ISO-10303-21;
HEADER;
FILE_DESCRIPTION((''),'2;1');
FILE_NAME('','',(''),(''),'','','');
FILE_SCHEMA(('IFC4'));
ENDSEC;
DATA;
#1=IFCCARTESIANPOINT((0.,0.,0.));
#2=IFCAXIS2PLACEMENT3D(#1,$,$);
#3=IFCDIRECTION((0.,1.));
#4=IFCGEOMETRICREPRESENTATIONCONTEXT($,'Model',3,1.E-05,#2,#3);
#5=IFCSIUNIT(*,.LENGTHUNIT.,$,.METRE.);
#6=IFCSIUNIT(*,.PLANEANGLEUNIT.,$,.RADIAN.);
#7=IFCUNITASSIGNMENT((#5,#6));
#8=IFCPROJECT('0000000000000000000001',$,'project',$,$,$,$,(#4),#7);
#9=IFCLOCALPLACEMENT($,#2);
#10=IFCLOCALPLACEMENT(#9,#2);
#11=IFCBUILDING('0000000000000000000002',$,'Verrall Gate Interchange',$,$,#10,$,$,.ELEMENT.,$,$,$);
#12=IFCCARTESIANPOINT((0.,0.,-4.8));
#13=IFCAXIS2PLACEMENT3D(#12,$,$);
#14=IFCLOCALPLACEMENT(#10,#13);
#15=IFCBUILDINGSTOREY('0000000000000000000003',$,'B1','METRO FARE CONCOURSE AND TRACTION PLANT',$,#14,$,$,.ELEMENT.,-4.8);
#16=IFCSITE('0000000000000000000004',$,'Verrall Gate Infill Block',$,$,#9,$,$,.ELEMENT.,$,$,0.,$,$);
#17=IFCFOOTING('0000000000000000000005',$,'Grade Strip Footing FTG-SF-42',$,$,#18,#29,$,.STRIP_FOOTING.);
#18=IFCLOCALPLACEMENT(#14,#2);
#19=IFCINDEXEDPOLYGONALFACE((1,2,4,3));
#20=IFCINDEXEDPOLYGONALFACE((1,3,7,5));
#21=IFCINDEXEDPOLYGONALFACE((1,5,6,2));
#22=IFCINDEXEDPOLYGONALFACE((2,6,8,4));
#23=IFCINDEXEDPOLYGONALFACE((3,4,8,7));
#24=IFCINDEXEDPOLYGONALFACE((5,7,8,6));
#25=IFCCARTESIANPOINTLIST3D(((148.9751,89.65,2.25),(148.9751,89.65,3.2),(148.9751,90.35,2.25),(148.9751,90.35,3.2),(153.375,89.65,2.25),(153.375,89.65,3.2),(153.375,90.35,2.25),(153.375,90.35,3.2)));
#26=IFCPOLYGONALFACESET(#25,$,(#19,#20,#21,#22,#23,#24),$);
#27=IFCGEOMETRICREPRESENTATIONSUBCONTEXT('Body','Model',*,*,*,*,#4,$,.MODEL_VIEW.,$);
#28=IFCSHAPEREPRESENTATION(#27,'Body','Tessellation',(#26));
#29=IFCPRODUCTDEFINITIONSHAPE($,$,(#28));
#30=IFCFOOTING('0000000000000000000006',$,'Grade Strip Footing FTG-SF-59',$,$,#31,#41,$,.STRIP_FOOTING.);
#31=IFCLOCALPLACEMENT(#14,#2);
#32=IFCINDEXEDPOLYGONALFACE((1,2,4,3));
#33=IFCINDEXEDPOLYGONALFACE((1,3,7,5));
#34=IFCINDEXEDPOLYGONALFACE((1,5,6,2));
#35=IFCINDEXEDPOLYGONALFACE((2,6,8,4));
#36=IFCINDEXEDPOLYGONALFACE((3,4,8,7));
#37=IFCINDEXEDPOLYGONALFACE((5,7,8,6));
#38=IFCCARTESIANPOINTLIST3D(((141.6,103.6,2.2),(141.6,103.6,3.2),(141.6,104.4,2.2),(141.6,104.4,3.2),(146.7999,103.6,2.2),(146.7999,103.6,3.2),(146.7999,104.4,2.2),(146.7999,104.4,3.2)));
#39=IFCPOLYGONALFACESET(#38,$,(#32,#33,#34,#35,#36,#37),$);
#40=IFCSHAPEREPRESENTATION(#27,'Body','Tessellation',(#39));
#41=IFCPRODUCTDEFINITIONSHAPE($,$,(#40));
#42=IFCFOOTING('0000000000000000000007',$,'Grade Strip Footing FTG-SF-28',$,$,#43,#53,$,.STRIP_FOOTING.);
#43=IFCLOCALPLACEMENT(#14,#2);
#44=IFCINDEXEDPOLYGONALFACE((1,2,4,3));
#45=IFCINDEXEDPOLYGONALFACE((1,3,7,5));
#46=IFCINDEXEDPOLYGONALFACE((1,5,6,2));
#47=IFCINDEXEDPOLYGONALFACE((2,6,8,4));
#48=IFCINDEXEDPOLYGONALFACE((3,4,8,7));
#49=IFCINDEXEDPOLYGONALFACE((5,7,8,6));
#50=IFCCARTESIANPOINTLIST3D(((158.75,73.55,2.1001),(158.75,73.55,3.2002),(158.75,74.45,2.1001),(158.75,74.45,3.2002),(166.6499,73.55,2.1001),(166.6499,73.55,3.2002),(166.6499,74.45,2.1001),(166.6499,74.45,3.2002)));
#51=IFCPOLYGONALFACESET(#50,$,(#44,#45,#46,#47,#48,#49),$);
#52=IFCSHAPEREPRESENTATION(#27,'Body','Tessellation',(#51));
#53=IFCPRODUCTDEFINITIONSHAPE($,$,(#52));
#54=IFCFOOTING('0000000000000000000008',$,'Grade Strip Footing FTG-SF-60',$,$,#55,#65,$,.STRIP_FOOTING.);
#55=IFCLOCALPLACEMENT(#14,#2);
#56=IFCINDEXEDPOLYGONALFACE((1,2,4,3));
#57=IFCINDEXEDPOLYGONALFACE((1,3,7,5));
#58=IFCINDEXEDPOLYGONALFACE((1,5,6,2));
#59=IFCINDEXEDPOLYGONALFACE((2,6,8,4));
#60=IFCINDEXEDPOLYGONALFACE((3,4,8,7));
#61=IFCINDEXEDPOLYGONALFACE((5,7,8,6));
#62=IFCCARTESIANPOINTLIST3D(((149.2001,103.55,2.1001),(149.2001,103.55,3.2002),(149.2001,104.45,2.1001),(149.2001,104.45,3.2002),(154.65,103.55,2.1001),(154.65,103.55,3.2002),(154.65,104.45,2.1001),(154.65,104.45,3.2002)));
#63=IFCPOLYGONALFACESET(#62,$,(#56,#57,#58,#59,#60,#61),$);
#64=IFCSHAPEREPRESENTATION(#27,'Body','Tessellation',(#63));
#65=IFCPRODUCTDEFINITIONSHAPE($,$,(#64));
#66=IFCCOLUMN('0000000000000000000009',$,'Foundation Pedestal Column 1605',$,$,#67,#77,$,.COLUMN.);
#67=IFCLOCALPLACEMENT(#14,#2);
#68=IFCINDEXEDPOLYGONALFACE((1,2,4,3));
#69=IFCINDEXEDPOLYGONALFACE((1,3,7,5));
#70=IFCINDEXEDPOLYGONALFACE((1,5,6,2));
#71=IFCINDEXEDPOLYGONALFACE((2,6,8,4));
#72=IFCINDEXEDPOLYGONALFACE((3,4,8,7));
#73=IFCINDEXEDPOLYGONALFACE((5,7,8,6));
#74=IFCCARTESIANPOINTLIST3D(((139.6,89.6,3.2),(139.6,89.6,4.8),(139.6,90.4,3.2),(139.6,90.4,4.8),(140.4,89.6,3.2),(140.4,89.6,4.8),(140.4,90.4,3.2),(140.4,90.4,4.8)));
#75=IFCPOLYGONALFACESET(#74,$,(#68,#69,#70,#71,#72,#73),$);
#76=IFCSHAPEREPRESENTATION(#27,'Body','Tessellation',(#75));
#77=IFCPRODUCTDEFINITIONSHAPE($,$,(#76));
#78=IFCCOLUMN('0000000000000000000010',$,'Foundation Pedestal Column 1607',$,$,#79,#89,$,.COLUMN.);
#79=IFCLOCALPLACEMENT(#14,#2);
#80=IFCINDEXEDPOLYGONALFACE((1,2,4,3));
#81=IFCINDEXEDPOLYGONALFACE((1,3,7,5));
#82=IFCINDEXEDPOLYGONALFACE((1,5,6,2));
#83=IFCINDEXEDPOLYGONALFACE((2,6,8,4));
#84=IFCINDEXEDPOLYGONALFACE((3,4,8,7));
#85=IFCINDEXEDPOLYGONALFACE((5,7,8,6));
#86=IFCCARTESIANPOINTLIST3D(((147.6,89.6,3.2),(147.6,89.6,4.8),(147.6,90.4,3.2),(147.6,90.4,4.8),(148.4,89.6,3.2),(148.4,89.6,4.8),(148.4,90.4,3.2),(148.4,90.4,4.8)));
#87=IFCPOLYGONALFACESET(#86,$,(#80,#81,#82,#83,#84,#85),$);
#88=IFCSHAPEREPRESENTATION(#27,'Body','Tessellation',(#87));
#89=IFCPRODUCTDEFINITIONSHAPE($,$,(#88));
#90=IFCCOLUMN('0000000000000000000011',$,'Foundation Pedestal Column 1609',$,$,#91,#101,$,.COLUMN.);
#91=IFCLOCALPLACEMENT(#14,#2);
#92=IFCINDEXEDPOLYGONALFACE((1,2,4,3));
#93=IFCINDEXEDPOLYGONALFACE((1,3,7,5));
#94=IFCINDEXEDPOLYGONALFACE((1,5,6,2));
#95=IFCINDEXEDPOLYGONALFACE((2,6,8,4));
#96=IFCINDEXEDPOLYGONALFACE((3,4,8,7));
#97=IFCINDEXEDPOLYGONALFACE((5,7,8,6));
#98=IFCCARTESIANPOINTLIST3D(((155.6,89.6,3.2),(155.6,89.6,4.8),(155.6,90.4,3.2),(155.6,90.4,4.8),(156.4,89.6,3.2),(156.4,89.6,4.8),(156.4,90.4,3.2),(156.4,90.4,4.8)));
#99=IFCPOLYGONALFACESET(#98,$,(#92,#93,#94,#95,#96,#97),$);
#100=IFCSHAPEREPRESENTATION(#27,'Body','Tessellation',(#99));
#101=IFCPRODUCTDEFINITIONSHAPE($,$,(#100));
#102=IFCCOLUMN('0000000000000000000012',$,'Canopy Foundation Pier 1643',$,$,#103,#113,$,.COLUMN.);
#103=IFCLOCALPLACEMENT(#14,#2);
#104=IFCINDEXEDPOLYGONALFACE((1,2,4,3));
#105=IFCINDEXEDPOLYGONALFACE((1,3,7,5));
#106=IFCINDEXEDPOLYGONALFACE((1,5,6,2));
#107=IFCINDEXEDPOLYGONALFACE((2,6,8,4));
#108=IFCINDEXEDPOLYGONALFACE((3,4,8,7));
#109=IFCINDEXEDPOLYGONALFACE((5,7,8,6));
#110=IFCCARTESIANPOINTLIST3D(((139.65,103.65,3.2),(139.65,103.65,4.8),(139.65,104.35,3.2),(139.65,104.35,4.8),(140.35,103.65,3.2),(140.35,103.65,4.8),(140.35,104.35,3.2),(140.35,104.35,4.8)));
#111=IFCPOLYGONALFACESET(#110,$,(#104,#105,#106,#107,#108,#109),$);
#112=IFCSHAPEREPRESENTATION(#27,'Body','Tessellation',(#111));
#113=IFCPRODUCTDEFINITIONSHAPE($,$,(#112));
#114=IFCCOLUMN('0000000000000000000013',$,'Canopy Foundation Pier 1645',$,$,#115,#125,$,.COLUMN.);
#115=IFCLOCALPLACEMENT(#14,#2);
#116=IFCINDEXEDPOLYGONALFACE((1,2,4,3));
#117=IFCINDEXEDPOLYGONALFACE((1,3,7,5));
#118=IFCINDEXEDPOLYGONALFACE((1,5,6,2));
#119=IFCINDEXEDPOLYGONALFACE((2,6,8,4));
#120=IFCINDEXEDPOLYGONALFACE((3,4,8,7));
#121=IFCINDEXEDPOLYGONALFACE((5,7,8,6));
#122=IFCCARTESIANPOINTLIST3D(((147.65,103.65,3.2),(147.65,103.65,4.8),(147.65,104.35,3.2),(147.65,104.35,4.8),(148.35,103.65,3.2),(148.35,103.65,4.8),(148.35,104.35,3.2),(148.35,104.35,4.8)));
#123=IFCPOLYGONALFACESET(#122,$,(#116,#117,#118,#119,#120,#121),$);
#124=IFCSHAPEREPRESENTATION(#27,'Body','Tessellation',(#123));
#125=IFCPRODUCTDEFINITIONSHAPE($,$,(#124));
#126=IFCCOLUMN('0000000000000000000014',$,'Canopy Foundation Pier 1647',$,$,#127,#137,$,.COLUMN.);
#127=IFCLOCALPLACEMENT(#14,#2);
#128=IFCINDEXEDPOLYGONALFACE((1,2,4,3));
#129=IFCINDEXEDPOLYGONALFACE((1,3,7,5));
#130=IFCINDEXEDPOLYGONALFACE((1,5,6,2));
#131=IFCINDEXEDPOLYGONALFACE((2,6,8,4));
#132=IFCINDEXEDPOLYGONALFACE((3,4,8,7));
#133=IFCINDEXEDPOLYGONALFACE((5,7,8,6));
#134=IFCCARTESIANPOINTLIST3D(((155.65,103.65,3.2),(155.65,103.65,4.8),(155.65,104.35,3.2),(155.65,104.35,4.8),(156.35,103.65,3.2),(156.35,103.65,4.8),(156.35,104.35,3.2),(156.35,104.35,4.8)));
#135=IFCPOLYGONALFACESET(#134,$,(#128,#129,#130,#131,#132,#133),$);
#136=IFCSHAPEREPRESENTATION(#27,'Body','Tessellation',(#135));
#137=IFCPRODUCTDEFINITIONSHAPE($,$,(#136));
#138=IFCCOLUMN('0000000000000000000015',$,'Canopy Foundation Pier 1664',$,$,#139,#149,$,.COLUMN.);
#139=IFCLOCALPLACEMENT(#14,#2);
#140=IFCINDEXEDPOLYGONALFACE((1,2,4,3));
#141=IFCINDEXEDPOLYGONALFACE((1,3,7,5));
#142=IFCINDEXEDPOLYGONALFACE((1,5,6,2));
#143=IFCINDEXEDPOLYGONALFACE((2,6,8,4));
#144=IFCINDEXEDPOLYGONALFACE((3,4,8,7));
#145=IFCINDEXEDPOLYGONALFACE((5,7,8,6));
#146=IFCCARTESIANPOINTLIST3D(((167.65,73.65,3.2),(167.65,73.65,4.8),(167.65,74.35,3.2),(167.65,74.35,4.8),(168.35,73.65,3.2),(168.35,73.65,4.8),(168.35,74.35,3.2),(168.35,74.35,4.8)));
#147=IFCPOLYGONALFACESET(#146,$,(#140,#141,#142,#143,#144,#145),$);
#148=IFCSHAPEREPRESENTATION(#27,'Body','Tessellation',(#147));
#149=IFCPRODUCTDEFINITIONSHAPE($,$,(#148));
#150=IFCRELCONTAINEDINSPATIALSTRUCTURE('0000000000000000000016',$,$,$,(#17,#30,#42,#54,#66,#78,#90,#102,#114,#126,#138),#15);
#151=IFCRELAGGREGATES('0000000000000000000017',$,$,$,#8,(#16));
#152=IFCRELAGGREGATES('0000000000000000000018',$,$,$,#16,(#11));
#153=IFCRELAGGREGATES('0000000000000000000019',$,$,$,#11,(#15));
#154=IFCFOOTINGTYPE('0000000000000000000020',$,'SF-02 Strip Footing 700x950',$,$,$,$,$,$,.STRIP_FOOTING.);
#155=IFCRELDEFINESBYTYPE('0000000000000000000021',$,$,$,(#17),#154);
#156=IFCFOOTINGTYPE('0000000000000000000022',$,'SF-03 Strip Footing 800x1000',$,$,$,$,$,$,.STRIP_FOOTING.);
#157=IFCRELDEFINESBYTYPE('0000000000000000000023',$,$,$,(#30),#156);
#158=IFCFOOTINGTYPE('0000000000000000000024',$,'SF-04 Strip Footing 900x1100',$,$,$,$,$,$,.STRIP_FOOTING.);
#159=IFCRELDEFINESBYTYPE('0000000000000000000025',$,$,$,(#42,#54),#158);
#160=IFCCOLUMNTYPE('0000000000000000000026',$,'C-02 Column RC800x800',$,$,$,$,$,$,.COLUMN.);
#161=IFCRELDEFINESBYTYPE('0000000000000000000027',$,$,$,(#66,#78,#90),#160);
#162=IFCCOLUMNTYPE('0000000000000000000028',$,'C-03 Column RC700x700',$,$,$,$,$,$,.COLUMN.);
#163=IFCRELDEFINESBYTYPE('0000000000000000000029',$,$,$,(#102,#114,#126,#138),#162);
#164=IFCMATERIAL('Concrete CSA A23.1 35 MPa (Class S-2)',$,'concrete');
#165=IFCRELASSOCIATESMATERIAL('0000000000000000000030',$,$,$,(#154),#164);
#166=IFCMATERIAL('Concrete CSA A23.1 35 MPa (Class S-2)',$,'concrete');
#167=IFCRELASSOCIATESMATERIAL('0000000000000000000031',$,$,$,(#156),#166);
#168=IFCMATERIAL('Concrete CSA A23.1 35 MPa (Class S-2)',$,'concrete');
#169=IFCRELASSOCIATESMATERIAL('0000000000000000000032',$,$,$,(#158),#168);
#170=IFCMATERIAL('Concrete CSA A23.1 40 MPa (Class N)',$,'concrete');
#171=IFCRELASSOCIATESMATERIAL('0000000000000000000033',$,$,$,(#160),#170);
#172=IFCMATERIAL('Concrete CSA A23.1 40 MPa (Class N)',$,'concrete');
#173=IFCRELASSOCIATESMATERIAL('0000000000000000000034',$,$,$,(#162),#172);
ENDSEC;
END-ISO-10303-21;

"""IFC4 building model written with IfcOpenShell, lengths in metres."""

from ifc_helpers import new_model, si_unit, direction, frame, origin, origin_2d, place, context, subcontext, project, spatial, rectangle, extrude, material, material_profile, profile_set, type_object, element, save


model = new_model("IFC4")

# Units and contexts
model_context = context("Model", 3, precision=1e-05, world=origin(), true_north=direction((0.0, 1.0)))
body_context = subcontext(model_context, "Body", "Model", "MODEL_VIEW")
ifc_project = project(units=[si_unit("LENGTHUNIT", "METRE"), si_unit("PLANEANGLEUNIT", "RADIAN")], contexts=[model_context])

# Site, building, storey
site_placement = place(None, origin())
site = spatial("IfcSite", under=ifc_project, at=site_placement, Name="Verrall Gate Infill Block", CompositionType="ELEMENT", RefElevation=0.0)
building_placement = place(site_placement, origin())
building = spatial("IfcBuilding", under=site, at=building_placement, Name="Verrall Gate Interchange", CompositionType="ELEMENT")
storey_placement = place(building_placement, frame((0.0, 0.0, -4.8)))
storey = spatial("IfcBuildingStorey", under=building, at=storey_placement, Name="B1", Description="METRO FARE CONCOURSE AND TRACTION PLANT", CompositionType="ELEMENT", Elevation=-4.8)

# Footings
ifc_material_1 = material(Name="Concrete CSA A23.1 35 MPa (Class S-2)", Category="concrete")
footing_type_1 = type_object("IfcFootingType", Name="SF-02 Strip Footing 700x950", PredefinedType="STRIP_FOOTING", material=ifc_material_1)
footing_1_placement = place(storey_placement, frame((151.175, 90.0, 2.25), z_axis=(0.0, 0.0, 1.0), x_axis=(1.0, 0.0, 0.0)))
element("IfcFooting", 1, at=footing_1_placement, inside=storey, type_object=footing_type_1, Name="Grade Strip Footing FTG-SF-42", PredefinedType="STRIP_FOOTING", context=body_context, shape_type="SweptSolid", body=[
    extrude(rectangle(XDim=4.3999, YDim=0.7, at=origin_2d()), origin(), (0.0, 0.0, 1.0), 0.95),
])
ifc_material_2 = material(Name="Concrete CSA A23.1 35 MPa (Class S-2)", Category="concrete")
footing_type_2 = type_object("IfcFootingType", Name="SF-03 Strip Footing 800x1000", PredefinedType="STRIP_FOOTING", material=ifc_material_2)
footing_2_placement = place(storey_placement, frame((144.2, 104.0, 2.2), z_axis=(0.0, 0.0, 1.0), x_axis=(1.0, 0.0, 0.0)))
element("IfcFooting", 2, at=footing_2_placement, inside=storey, type_object=footing_type_2, Name="Grade Strip Footing FTG-SF-59", PredefinedType="STRIP_FOOTING", context=body_context, shape_type="SweptSolid", body=[
    extrude(rectangle(XDim=5.2, YDim=0.8, at=origin_2d()), origin(), (0.0, 0.0, 1.0), 1.0),
])
ifc_material_3 = material(Name="Concrete CSA A23.1 35 MPa (Class S-2)", Category="concrete")
footing_type_3 = type_object("IfcFootingType", Name="SF-04 Strip Footing 900x1100", PredefinedType="STRIP_FOOTING", material=ifc_material_3)
footing_3_placement = place(storey_placement, frame((162.7, 74.0, 2.1001), z_axis=(0.0, 0.0, 1.0), x_axis=(1.0, 0.0, 0.0)))
element("IfcFooting", 3, at=footing_3_placement, inside=storey, type_object=footing_type_3, Name="Grade Strip Footing FTG-SF-28", PredefinedType="STRIP_FOOTING", context=body_context, shape_type="SweptSolid", body=[
    extrude(rectangle(XDim=7.8999, YDim=0.8999, at=origin_2d()), origin(), (0.0, 0.0, 1.0), 1.1001),
])
footing_4_placement = place(storey_placement, frame((151.925, 104.0, 2.1001), z_axis=(0.0, 0.0, 1.0), x_axis=(1.0, 0.0, 0.0)))
element("IfcFooting", 4, at=footing_4_placement, inside=storey, type_object=footing_type_3, Name="Grade Strip Footing FTG-SF-60", PredefinedType="STRIP_FOOTING", context=body_context, shape_type="SweptSolid", body=[
    extrude(rectangle(XDim=5.45, YDim=0.8999, at=origin_2d()), origin(), (0.0, 0.0, 1.0), 1.1001),
])

# Columns
ifc_material_4 = material(Name="Concrete CSA A23.1 40 MPa (Class N)", Category="concrete")
ifc_material_profile_1 = material_profile(ifc_material_4, rectangle(XDim=0.8, YDim=0.8, at=origin_2d()), Name="RC800x800")
ifc_profile_set_1 = profile_set([ifc_material_profile_1], Name="Concrete CSA A23.1 40 MPa (Class N)")
column_type_1 = type_object("IfcColumnType", Name="C-02 Column RC800x800", PredefinedType="COLUMN", material=ifc_profile_set_1)
for number, where, z_axis, x_axis, name in (
    (5, (140.0, 90.0, 3.2), (0.0, 0.0, 1.0), (1.0, 0.0, 0.0), "Foundation Pedestal Column 1605"),
    (6, (148.0, 90.0, 3.2), (0.0, 0.0, 1.0), (1.0, 0.0, 0.0), "Foundation Pedestal Column 1607"),
    (7, (156.0, 90.0, 3.2), (0.0, 0.0, 1.0), (1.0, 0.0, 0.0), "Foundation Pedestal Column 1609"),
):
    element("IfcColumn", number, at=place(storey_placement, frame(where, z_axis=z_axis, x_axis=x_axis)), inside=storey, type_object=column_type_1, Name=name, PredefinedType="COLUMN", context=body_context, shape_type="SweptSolid", body=[
        extrude(rectangle(XDim=0.8, YDim=0.8, at=origin_2d()), origin(), (0.0, 0.0, 1.0), 1.6001),
    ])
ifc_material_5 = material(Name="Concrete CSA A23.1 40 MPa (Class N)", Category="concrete")
ifc_material_profile_2 = material_profile(ifc_material_5, rectangle(XDim=0.7, YDim=0.7, at=origin_2d()), Name="RC700x700")
ifc_profile_set_2 = profile_set([ifc_material_profile_2], Name="Concrete CSA A23.1 40 MPa (Class N)")
column_type_2 = type_object("IfcColumnType", Name="C-03 Column RC700x700", PredefinedType="COLUMN", material=ifc_profile_set_2)
for number, where, z_axis, x_axis, name in (
    (8, (140.0, 104.0, 3.2), (0.0, 0.0, 1.0), (1.0, 0.0, 0.0), "Canopy Foundation Pier 1643"),
    (9, (148.0, 104.0, 3.2), (0.0, 0.0, 1.0), (1.0, 0.0, 0.0), "Canopy Foundation Pier 1645"),
    (10, (156.0, 104.0, 3.2), (0.0, 0.0, 1.0), (1.0, 0.0, 0.0), "Canopy Foundation Pier 1647"),
    (11, (168.0, 74.0, 3.2), (0.0, 0.0, 1.0), (1.0, 0.0, 0.0), "Canopy Foundation Pier 1664"),
):
    element("IfcColumn", number, at=place(storey_placement, frame(where, z_axis=z_axis, x_axis=x_axis)), inside=storey, type_object=column_type_2, Name=name, PredefinedType="COLUMN", context=body_context, shape_type="SweptSolid", body=[
        extrude(rectangle(XDim=0.7, YDim=0.7, at=origin_2d()), origin(), (0.0, 0.0, 1.0), 1.6001),
    ])

save(model, "model.ifc")
